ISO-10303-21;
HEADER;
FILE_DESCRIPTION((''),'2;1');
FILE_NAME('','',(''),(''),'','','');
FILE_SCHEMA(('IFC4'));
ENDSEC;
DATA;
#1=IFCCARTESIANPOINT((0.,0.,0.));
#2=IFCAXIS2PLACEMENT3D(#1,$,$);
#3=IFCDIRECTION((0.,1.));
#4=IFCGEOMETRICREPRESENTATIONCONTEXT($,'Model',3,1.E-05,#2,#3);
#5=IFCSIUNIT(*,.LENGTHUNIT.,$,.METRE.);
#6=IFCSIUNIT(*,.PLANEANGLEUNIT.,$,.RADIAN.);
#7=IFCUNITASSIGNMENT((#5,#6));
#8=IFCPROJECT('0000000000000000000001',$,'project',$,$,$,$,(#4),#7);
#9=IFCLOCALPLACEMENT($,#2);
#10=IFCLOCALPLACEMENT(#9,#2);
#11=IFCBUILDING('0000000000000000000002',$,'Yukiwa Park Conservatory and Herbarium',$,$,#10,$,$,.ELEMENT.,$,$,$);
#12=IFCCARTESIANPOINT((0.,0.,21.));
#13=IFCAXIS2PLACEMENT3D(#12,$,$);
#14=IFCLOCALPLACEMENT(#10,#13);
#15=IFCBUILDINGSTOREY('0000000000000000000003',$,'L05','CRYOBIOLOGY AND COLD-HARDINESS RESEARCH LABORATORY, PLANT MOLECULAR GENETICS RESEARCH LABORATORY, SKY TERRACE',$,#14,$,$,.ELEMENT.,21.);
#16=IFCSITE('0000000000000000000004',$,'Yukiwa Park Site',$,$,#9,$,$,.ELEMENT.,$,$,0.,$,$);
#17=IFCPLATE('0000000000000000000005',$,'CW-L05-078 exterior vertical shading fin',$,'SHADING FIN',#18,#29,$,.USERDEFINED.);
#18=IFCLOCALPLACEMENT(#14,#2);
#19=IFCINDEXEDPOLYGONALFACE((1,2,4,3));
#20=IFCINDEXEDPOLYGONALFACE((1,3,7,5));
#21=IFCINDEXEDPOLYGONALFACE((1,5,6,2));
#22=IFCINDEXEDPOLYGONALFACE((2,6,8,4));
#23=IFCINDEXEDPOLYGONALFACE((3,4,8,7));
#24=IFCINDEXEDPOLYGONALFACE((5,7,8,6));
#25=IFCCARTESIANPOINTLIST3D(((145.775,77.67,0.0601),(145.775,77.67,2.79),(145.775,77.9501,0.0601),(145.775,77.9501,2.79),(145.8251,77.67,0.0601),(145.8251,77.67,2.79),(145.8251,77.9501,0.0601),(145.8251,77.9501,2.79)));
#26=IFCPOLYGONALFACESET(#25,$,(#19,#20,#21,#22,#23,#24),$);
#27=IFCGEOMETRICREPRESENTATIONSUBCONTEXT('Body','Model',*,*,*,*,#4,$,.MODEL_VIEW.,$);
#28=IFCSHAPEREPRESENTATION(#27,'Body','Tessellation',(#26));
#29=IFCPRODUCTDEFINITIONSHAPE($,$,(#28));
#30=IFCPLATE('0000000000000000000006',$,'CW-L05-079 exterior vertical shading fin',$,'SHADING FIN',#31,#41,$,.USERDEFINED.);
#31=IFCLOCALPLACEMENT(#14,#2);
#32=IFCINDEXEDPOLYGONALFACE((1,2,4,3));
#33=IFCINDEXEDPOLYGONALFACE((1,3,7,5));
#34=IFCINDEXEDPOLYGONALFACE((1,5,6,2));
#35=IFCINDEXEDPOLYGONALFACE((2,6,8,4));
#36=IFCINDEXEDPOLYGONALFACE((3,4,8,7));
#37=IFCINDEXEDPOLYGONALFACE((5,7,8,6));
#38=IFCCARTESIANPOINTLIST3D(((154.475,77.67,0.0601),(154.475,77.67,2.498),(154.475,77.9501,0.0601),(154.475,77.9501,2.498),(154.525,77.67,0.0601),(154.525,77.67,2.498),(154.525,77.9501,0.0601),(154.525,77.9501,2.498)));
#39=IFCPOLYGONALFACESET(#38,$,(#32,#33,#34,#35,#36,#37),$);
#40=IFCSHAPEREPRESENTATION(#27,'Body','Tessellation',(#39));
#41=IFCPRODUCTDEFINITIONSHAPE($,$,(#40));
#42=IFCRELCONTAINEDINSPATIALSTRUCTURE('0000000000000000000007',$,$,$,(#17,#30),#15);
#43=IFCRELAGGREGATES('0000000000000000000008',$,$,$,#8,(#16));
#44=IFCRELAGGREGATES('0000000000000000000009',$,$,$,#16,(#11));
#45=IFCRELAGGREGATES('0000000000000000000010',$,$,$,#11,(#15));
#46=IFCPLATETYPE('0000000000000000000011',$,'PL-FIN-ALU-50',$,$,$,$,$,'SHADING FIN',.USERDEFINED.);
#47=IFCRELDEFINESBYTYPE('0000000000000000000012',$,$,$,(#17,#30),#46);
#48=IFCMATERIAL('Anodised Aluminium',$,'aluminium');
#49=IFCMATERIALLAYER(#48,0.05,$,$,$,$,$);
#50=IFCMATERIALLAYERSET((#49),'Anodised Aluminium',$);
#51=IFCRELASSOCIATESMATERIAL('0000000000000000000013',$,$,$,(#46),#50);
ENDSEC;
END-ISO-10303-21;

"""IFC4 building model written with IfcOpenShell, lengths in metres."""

from ifc_helpers import new_model, si_unit, direction, frame, origin, origin_2d, place, context, subcontext, project, spatial, rectangle, extrude, material, layer, layer_set, type_object, element, save


model = new_model("IFC4")

# Units and contexts
model_context = context("Model", 3, precision=1e-05, world=origin(), true_north=direction((0.0, 1.0)))
body_context = subcontext(model_context, "Body", "Model", "MODEL_VIEW")
ifc_project = project(units=[si_unit("LENGTHUNIT", "METRE"), si_unit("PLANEANGLEUNIT", "RADIAN")], contexts=[model_context])

# Site, building, storey
site_placement = place(None, origin())
site = spatial("IfcSite", under=ifc_project, at=site_placement, Name="Yukiwa Park Site", CompositionType="ELEMENT", RefElevation=0.0)
building_placement = place(site_placement, origin())
building = spatial("IfcBuilding", under=site, at=building_placement, Name="Yukiwa Park Conservatory and Herbarium", CompositionType="ELEMENT")
storey_placement = place(building_placement, frame((0.0, 0.0, 21.0)))
storey = spatial("IfcBuildingStorey", under=building, at=storey_placement, Name="L05", Description="CRYOBIOLOGY AND COLD-HARDINESS RESEARCH LABORATORY, PLANT MOLECULAR GENETICS RESEARCH LABORATORY, SKY TERRACE", CompositionType="ELEMENT", Elevation=21.0)

# Plates
ifc_material_1 = material(Name="Anodised Aluminium", Category="aluminium")
ifc_layer_1 = layer(ifc_material_1, 0.05)
ifc_layer_set_1 = layer_set([ifc_layer_1], Name="Anodised Aluminium")
plate_type_1 = type_object("IfcPlateType", Name="PL-FIN-ALU-50", ElementType="SHADING FIN", PredefinedType="USERDEFINED", material=ifc_layer_set_1)
plate_1_placement = place(storey_placement, frame((145.8, 77.8101, 0.0601), z_axis=(0.0, 0.0, 1.0), x_axis=(1.0, 0.0, 0.0)))
element("IfcPlate", 1, at=plate_1_placement, inside=storey, type_object=plate_type_1, Name="CW-L05-078 exterior vertical shading fin", ObjectType="SHADING FIN", PredefinedType="USERDEFINED", context=body_context, shape_type="SweptSolid", body=[
    extrude(rectangle(XDim=0.05, YDim=0.28, at=origin_2d()), origin(), (0.0, 0.0, 1.0), 2.73),
])
plate_2_placement = place(storey_placement, frame((154.5, 77.8101, 0.0601), z_axis=(0.0, 0.0, 1.0), x_axis=(1.0, 0.0, 0.0)))
element("IfcPlate", 2, at=plate_2_placement, inside=storey, type_object=plate_type_1, Name="CW-L05-079 exterior vertical shading fin", ObjectType="SHADING FIN", PredefinedType="USERDEFINED", context=body_context, shape_type="SweptSolid", body=[
    extrude(rectangle(XDim=0.05, YDim=0.28, at=origin_2d()), origin(), (0.0, 0.0, 1.0), 2.438),
])

save(model, "model.ifc")
